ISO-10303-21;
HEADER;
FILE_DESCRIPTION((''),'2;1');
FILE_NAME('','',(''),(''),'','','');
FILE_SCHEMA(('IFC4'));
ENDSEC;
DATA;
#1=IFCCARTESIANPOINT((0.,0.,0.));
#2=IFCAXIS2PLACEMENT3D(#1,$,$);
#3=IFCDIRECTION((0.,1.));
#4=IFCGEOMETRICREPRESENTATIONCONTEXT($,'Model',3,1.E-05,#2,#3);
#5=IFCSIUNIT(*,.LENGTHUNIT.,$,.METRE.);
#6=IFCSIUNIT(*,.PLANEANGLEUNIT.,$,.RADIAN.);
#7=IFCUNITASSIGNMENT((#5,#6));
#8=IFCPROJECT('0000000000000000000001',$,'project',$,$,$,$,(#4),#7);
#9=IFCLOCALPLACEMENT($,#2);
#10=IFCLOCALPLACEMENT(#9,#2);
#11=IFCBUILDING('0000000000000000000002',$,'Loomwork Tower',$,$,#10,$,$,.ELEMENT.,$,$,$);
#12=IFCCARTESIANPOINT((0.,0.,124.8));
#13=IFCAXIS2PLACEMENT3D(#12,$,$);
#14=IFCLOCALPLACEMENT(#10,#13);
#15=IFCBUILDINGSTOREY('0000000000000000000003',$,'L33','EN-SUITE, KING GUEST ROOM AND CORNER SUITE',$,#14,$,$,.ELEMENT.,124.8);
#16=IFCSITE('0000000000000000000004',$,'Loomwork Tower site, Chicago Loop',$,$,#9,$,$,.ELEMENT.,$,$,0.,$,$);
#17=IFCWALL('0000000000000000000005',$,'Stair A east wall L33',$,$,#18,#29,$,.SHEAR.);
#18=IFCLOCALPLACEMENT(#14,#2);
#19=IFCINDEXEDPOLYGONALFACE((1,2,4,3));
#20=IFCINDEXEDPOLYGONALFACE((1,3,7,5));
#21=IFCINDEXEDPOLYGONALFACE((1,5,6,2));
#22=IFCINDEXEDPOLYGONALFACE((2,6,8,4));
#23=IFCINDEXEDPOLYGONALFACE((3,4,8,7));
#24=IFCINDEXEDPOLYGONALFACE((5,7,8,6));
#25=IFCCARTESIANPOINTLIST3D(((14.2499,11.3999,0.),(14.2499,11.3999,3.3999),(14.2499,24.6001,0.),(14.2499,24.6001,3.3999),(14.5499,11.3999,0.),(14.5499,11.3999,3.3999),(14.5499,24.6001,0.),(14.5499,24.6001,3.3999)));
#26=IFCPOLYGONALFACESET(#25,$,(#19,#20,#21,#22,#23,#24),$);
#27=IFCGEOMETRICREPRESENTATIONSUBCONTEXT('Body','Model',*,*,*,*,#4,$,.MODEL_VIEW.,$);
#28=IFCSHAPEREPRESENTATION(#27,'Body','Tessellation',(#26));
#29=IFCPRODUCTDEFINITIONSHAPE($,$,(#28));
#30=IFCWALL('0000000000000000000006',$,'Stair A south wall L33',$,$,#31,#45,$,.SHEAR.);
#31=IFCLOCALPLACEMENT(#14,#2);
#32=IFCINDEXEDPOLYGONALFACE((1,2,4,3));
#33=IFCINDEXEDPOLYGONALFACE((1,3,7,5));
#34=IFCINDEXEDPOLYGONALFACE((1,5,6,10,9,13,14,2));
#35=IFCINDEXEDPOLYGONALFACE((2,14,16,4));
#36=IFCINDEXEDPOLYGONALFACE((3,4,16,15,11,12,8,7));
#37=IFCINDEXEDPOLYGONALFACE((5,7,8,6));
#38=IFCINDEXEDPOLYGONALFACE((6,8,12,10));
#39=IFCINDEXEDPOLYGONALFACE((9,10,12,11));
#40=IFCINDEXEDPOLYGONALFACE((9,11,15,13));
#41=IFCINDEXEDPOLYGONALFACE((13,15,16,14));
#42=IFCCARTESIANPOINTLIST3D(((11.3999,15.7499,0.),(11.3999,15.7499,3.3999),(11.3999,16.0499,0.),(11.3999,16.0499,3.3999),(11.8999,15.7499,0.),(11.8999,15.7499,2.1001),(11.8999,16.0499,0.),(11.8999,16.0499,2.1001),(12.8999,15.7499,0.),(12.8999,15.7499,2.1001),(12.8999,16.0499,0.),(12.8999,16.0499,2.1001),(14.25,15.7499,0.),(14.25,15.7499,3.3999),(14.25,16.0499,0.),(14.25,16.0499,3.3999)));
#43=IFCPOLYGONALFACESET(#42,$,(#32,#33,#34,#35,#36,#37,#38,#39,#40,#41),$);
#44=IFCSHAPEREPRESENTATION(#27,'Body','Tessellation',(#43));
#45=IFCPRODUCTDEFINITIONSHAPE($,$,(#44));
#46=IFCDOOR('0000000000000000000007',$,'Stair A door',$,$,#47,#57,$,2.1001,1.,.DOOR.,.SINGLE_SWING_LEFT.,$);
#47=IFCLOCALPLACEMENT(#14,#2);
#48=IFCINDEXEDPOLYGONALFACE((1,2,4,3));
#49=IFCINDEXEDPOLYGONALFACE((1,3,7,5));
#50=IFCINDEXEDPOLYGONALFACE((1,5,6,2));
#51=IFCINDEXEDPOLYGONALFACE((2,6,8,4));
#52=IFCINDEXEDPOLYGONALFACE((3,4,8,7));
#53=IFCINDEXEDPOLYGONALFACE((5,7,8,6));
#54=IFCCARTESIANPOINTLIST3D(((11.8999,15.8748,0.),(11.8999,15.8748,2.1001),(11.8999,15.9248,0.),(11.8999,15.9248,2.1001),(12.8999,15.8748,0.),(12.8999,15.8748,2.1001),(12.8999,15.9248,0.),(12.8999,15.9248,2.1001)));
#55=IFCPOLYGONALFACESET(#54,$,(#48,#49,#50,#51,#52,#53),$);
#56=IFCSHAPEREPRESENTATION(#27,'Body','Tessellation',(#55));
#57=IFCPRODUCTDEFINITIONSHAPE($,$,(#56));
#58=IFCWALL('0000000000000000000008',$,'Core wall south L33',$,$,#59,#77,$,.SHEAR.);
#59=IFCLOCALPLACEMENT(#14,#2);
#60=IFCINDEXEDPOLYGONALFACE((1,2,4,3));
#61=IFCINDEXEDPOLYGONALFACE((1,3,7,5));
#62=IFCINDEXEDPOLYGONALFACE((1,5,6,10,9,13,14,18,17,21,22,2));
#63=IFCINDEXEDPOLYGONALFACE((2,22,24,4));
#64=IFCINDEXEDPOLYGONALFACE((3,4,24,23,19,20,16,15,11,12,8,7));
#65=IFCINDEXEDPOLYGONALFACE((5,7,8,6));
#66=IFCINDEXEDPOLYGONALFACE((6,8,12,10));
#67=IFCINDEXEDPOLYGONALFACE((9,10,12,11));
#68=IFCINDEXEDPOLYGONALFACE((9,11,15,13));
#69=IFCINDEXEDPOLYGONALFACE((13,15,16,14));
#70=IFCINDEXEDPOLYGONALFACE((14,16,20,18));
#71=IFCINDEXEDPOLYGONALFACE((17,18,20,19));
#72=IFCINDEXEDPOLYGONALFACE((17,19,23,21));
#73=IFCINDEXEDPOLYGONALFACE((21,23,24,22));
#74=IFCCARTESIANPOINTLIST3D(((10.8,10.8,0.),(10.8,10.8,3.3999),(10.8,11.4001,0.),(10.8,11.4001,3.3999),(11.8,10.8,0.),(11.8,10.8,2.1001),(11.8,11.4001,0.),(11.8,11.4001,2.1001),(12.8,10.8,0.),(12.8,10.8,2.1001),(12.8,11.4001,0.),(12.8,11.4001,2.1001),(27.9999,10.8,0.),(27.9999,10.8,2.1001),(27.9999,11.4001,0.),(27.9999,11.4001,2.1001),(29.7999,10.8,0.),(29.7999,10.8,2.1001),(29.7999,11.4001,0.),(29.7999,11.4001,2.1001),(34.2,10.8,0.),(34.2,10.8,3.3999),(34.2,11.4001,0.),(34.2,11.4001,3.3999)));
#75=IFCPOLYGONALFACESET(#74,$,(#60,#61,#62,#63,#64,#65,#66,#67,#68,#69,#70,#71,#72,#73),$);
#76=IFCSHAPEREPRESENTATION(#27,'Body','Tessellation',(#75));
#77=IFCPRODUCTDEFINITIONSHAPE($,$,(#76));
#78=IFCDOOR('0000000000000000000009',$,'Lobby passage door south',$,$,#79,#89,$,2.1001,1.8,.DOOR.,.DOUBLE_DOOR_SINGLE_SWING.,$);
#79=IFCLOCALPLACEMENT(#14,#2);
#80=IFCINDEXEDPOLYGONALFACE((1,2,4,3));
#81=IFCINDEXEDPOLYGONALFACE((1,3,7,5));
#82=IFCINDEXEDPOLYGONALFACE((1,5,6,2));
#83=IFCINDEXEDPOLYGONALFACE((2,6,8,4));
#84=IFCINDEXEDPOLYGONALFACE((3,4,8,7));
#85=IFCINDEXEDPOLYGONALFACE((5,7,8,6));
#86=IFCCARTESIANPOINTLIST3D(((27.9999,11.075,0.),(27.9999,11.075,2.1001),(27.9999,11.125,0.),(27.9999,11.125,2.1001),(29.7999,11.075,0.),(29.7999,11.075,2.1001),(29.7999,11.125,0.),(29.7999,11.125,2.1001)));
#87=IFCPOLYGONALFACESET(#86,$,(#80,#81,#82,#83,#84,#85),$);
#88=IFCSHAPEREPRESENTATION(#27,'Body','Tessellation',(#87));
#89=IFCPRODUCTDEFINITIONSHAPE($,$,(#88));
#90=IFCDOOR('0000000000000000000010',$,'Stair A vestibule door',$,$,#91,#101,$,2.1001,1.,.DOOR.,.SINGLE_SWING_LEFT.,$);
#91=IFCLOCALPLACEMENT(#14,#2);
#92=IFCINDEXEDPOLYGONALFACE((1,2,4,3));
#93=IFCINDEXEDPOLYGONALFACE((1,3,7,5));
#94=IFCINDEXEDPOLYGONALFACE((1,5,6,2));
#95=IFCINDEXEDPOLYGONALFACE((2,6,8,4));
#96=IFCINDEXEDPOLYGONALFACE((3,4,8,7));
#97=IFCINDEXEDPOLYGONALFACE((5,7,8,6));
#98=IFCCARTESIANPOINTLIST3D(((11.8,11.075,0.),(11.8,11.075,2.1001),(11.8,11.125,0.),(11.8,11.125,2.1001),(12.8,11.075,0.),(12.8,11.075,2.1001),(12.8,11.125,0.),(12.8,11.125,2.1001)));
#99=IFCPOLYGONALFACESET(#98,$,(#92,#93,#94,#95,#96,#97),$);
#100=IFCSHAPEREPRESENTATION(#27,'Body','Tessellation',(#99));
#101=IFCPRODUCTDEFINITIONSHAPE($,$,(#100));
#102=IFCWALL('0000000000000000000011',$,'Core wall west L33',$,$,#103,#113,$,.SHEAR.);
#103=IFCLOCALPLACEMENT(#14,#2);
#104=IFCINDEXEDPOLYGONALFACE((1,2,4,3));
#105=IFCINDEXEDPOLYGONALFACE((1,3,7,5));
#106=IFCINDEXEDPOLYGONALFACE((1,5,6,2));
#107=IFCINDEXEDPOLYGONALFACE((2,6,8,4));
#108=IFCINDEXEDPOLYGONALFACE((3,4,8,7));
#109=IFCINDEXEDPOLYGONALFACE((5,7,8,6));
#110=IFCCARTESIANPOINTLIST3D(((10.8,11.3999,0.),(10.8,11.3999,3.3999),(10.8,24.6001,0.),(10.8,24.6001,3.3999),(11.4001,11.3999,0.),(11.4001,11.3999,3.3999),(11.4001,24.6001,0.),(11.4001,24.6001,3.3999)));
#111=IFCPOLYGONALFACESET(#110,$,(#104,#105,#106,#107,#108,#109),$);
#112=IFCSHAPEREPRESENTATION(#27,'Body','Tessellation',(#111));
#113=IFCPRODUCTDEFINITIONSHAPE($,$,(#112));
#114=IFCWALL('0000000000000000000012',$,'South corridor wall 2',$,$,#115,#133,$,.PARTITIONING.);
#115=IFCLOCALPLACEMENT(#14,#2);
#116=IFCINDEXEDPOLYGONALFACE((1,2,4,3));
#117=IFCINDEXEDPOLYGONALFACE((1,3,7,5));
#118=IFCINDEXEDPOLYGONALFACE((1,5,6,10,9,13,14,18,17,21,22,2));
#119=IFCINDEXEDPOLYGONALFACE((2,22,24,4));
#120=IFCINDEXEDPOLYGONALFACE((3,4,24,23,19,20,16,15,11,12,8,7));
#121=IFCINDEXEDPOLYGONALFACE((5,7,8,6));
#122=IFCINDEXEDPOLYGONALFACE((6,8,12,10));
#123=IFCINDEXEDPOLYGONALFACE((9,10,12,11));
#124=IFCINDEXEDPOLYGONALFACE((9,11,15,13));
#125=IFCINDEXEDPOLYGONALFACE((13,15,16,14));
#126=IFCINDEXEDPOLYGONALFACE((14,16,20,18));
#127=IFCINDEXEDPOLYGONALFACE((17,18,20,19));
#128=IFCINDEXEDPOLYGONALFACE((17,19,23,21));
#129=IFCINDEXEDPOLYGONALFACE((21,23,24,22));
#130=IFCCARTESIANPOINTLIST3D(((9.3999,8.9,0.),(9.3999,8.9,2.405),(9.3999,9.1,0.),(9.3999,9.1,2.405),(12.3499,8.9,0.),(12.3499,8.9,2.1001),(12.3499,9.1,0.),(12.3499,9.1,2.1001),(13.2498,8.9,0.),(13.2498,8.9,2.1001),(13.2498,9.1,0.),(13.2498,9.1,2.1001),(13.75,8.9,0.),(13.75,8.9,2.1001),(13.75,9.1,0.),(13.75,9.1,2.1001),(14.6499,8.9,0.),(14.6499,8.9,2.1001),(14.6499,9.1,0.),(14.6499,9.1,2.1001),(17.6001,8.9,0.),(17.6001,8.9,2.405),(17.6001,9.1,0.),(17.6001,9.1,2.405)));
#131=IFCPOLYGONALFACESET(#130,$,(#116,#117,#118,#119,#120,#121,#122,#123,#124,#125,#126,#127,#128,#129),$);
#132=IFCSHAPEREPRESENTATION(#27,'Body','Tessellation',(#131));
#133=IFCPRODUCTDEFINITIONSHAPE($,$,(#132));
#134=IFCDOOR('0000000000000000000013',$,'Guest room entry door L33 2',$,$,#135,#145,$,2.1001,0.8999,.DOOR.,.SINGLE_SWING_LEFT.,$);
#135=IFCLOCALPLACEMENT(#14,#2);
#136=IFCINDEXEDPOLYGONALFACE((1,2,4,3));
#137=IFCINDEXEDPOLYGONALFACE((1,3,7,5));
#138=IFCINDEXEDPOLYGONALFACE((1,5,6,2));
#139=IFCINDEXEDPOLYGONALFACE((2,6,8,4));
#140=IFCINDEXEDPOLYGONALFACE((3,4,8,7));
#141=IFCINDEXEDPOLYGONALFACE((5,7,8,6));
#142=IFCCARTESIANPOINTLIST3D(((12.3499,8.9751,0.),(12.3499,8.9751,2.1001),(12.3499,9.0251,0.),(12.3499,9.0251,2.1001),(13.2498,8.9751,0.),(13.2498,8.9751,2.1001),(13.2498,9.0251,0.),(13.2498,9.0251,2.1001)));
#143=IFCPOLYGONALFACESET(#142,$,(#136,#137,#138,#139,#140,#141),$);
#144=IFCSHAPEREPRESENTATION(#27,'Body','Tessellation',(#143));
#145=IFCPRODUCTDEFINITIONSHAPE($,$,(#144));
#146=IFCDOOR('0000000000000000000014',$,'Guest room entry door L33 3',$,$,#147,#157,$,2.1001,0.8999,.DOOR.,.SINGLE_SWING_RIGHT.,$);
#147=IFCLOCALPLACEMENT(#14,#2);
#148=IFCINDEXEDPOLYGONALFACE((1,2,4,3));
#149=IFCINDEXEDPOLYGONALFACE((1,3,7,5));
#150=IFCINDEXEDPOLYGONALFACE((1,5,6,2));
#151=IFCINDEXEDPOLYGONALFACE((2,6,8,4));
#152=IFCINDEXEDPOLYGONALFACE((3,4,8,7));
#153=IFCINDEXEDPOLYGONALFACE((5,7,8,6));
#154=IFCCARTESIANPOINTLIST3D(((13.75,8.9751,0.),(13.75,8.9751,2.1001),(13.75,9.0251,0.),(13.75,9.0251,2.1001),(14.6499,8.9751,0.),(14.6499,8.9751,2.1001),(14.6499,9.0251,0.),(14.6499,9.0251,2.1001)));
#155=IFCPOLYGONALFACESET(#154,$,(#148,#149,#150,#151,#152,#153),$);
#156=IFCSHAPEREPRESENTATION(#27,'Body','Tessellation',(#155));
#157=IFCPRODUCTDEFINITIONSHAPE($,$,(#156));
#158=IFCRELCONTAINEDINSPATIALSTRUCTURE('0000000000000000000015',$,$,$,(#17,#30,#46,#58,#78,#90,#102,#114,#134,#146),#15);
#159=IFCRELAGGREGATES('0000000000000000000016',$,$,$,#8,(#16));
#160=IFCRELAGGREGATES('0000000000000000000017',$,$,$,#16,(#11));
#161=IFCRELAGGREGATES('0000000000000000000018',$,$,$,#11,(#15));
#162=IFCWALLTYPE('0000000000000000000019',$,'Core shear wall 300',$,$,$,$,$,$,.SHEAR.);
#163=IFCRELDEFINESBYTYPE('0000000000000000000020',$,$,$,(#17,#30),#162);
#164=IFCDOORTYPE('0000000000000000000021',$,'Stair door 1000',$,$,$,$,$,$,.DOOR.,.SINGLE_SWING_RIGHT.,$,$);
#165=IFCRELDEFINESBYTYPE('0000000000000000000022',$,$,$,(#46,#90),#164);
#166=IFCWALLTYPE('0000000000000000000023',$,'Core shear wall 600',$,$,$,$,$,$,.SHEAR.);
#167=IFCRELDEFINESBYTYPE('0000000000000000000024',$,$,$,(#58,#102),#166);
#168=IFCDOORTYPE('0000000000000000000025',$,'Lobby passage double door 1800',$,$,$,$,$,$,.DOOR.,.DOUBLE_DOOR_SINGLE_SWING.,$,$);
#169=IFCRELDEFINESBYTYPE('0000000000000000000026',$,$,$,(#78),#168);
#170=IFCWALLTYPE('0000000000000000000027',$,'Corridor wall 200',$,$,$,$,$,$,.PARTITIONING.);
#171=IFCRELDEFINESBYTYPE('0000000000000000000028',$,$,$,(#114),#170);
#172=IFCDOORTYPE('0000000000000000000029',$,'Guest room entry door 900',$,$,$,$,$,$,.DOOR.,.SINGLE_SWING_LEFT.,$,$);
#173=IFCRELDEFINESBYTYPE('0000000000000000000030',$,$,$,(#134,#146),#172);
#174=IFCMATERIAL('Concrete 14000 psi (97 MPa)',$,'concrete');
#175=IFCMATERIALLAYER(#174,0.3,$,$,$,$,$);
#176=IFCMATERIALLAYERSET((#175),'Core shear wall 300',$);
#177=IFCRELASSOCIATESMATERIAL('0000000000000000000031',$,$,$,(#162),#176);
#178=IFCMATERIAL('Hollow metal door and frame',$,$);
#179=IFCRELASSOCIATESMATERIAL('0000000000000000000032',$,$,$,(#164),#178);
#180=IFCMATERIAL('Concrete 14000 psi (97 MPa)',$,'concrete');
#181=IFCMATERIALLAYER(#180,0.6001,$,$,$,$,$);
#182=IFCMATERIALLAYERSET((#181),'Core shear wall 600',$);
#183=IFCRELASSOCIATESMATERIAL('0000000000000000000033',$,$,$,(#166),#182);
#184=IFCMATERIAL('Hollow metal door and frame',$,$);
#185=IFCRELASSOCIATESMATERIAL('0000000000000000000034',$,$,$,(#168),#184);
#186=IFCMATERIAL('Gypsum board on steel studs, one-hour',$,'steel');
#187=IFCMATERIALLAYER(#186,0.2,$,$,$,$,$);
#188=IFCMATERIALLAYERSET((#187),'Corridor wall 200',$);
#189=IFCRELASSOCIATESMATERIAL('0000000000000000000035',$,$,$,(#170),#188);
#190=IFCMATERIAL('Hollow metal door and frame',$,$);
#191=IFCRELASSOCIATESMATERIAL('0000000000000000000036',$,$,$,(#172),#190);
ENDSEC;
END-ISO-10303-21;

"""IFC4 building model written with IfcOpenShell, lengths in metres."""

from ifc_helpers import new_model, si_unit, direction, frame, frame_2d, origin, place, context, subcontext, project, spatial, rectangle, extrude, material, layer, layer_set, type_object, element, fill, save


model = new_model("IFC4")

# Units and contexts
model_context = context("Model", 3, precision=1e-05, world=origin(), true_north=direction((0.0, 1.0)))
body_context = subcontext(model_context, "Body", "Model", "MODEL_VIEW")
ifc_project = project(units=[si_unit("LENGTHUNIT", "METRE"), si_unit("PLANEANGLEUNIT", "RADIAN")], contexts=[model_context])

# Site, building, storey
site_placement = place(None, origin())
site = spatial("IfcSite", under=ifc_project, at=site_placement, Name="Loomwork Tower site, Chicago Loop", CompositionType="ELEMENT", RefElevation=0.0)
building_placement = place(site_placement, origin())
building = spatial("IfcBuilding", under=site, at=building_placement, Name="Loomwork Tower", CompositionType="ELEMENT")
storey_placement = place(building_placement, frame((0.0, 0.0, 124.8)))
storey = spatial("IfcBuildingStorey", under=building, at=storey_placement, Name="L33", Description="EN-SUITE, KING GUEST ROOM AND CORNER SUITE", CompositionType="ELEMENT", Elevation=124.8)

# Wall
ifc_material_1 = material(Name="Concrete 14000 psi (97 MPa)", Category="concrete")
ifc_layer_1 = layer(ifc_material_1, 0.3)
ifc_layer_set_1 = layer_set([ifc_layer_1], Name="Core shear wall 300")
wall_type_1 = type_object("IfcWallType", Name="Core shear wall 300", PredefinedType="SHEAR", material=ifc_layer_set_1)
wall_1_placement = place(storey_placement, frame((14.3999, 11.3999, 0.0), z_axis=(0.0, 0.0, 1.0), x_axis=(0.0, 1.0, 0.0)))
element("IfcWall", 1, at=wall_1_placement, inside=storey, type_object=wall_type_1, Name="Stair A east wall L33", PredefinedType="SHEAR", context=body_context, shape_type="SweptSolid", body=[
    extrude(rectangle(XDim=13.2002, YDim=0.3, at=frame_2d((6.6001, 0.0))), origin(), (0.0, 0.0, 1.0), 3.3999),
])

# Wall, opening, door
wall_2_placement = place(storey_placement, frame((11.3999, 15.8999, 0.0), z_axis=(0.0, 0.0, 1.0), x_axis=(1.0, 0.0, 0.0)))
wall_2 = element("IfcWall", 2, at=wall_2_placement, inside=storey, type_object=wall_type_1, Name="Stair A south wall L33", PredefinedType="SHEAR", context=body_context, shape_type="SweptSolid", body=[
    extrude(rectangle(XDim=2.8501, YDim=0.3, at=frame_2d((1.425, 0.0))), origin(), (0.0, 0.0, 1.0), 3.3999),
])
opening_1_placement = place(wall_2_placement, frame((0.5, 0.0, 0.0)))
opening_1 = element("IfcOpeningElement", 3, at=opening_1_placement, cuts=wall_2, PredefinedType="OPENING", context=body_context, shape_type="SweptSolid", body=[
    extrude(rectangle(XDim=1.0, YDim=2.1001, at=frame_2d((0.5, 1.05))), frame((0.0, 0.1599, 0.0), z_axis=(0.0, -1.0, 0.0), x_axis=(1.0, 0.0, 0.0)), (0.0, 0.0, 1.0), 0.3201),
])
ifc_material_2 = material(Name="Hollow metal door and frame")
door_type_1 = type_object("IfcDoorType", Name="Stair door 1000", OperationType="SINGLE_SWING_RIGHT", PredefinedType="DOOR", material=ifc_material_2)
door_1_placement = place(opening_1_placement, origin())
door_1 = element("IfcDoor", 4, at=door_1_placement, inside=storey, type_object=door_type_1, Name="Stair A door", OperationType="SINGLE_SWING_LEFT", OverallHeight=2.1001, OverallWidth=1.0, PredefinedType="DOOR", context=body_context, shape_type="SweptSolid", body=[
    extrude(rectangle(XDim=1.0, YDim=2.1001, at=frame_2d((0.5, 1.05))), frame((0.0, 0.0249, 0.0), z_axis=(0.0, -1.0, 0.0), x_axis=(1.0, 0.0, 0.0)), (0.0, 0.0, 1.0), 0.05),
])
fill(opening_1, door_1)

# Wall, openings, doors
ifc_material_3 = material(Name="Concrete 14000 psi (97 MPa)", Category="concrete")
ifc_layer_2 = layer(ifc_material_3, 0.6001)
ifc_layer_set_2 = layer_set([ifc_layer_2], Name="Core shear wall 600")
wall_type_2 = type_object("IfcWallType", Name="Core shear wall 600", PredefinedType="SHEAR", material=ifc_layer_set_2)
wall_3_placement = place(storey_placement, frame((10.8, 11.1001, 0.0), z_axis=(0.0, 0.0, 1.0), x_axis=(1.0, 0.0, 0.0)))
wall_3 = element("IfcWall", 5, at=wall_3_placement, inside=storey, type_object=wall_type_2, Name="Core wall south L33", PredefinedType="SHEAR", context=body_context, shape_type="SweptSolid", body=[
    extrude(rectangle(XDim=23.3999, YDim=0.6001, at=frame_2d((11.7, 0.0))), origin(), (0.0, 0.0, 1.0), 3.3999),
])
opening_2_placement = place(wall_3_placement, frame((1.0, 0.0, 0.0)))
opening_2 = element("IfcOpeningElement", 6, at=opening_2_placement, cuts=wall_3, PredefinedType="OPENING", context=body_context, shape_type="SweptSolid", body=[
    extrude(rectangle(XDim=1.0, YDim=2.1001, at=frame_2d((0.5, 1.05))), frame((0.0, 0.3101, 0.0), z_axis=(0.0, -1.0, 0.0), x_axis=(1.0, 0.0, 0.0)), (0.0, 0.0, 1.0), 0.6201),
])
opening_3_placement = place(wall_3_placement, frame((17.2, 0.0, 0.0)))
opening_3 = element("IfcOpeningElement", 7, at=opening_3_placement, cuts=wall_3, PredefinedType="OPENING", context=body_context, shape_type="SweptSolid", body=[
    extrude(rectangle(XDim=1.8, YDim=2.1001, at=frame_2d((0.8999, 1.05))), frame((0.0, 0.3101, 0.0), z_axis=(0.0, -1.0, 0.0), x_axis=(1.0, 0.0, 0.0)), (0.0, 0.0, 1.0), 0.6201),
])
ifc_material_4 = material(Name="Hollow metal door and frame")
door_type_2 = type_object("IfcDoorType", Name="Lobby passage double door 1800", OperationType="DOUBLE_DOOR_SINGLE_SWING", PredefinedType="DOOR", material=ifc_material_4)
door_2_placement = place(opening_3_placement, origin())
door_2 = element("IfcDoor", 8, at=door_2_placement, inside=storey, type_object=door_type_2, Name="Lobby passage door south", OperationType="DOUBLE_DOOR_SINGLE_SWING", OverallHeight=2.1001, OverallWidth=1.8, PredefinedType="DOOR", context=body_context, shape_type="SweptSolid", body=[
    extrude(rectangle(XDim=1.8, YDim=2.1001, at=frame_2d((0.8999, 1.05))), frame((0.0, 0.0249, 0.0), z_axis=(0.0, -1.0, 0.0), x_axis=(1.0, 0.0, 0.0)), (0.0, 0.0, 1.0), 0.05),
])
fill(opening_3, door_2)
door_3_placement = place(opening_2_placement, origin())
door_3 = element("IfcDoor", 9, at=door_3_placement, inside=storey, type_object=door_type_1, Name="Stair A vestibule door", OperationType="SINGLE_SWING_LEFT", OverallHeight=2.1001, OverallWidth=1.0, PredefinedType="DOOR", context=body_context, shape_type="SweptSolid", body=[
    extrude(rectangle(XDim=1.0, YDim=2.1001, at=frame_2d((0.5, 1.05))), frame((0.0, 0.0249, 0.0), z_axis=(0.0, -1.0, 0.0), x_axis=(1.0, 0.0, 0.0)), (0.0, 0.0, 1.0), 0.05),
])
fill(opening_2, door_3)

# Wall
wall_4_placement = place(storey_placement, frame((11.1001, 11.3999, 0.0), z_axis=(0.0, 0.0, 1.0), x_axis=(0.0, 1.0, 0.0)))
element("IfcWall", 10, at=wall_4_placement, inside=storey, type_object=wall_type_2, Name="Core wall west L33", PredefinedType="SHEAR", context=body_context, shape_type="SweptSolid", body=[
    extrude(rectangle(XDim=13.2002, YDim=0.6001, at=frame_2d((6.6001, 0.0))), origin(), (0.0, 0.0, 1.0), 3.3999),
])

# Wall, openings, doors
ifc_material_5 = material(Name="Gypsum board on steel studs, one-hour", Category="steel")
ifc_layer_3 = layer(ifc_material_5, 0.2)
ifc_layer_set_3 = layer_set([ifc_layer_3], Name="Corridor wall 200")
wall_type_3 = type_object("IfcWallType", Name="Corridor wall 200", PredefinedType="PARTITIONING", material=ifc_layer_set_3)
wall_5_placement = place(storey_placement, frame((9.3999, 9.0, 0.0), z_axis=(0.0, 0.0, 1.0), x_axis=(1.0, 0.0, 0.0)))
wall_5 = element("IfcWall", 11, at=wall_5_placement, inside=storey, type_object=wall_type_3, Name="South corridor wall 2", PredefinedType="PARTITIONING", context=body_context, shape_type="SweptSolid", body=[
    extrude(rectangle(XDim=8.2002, YDim=0.2, at=frame_2d((4.1001, 0.0))), origin(), (0.0, 0.0, 1.0), 2.405),
])
opening_4_placement = place(wall_5_placement, frame((2.95, 0.0, 0.0)))
opening_4 = element("IfcOpeningElement", 12, at=opening_4_placement, cuts=wall_5, PredefinedType="OPENING", context=body_context, shape_type="SweptSolid", body=[
    extrude(rectangle(XDim=0.8999, YDim=2.1001, at=frame_2d((0.45, 1.05))), frame((0.0, 0.1099, 0.0), z_axis=(0.0, -1.0, 0.0), x_axis=(1.0, 0.0, 0.0)), (0.0, 0.0, 1.0), 0.22),
])
opening_5_placement = place(wall_5_placement, frame((4.3501, 0.0, 0.0)))
opening_5 = element("IfcOpeningElement", 13, at=opening_5_placement, cuts=wall_5, PredefinedType="OPENING", context=body_context, shape_type="SweptSolid", body=[
    extrude(rectangle(XDim=0.8999, YDim=2.1001, at=frame_2d((0.45, 1.05))), frame((0.0, 0.1099, 0.0), z_axis=(0.0, -1.0, 0.0), x_axis=(1.0, 0.0, 0.0)), (0.0, 0.0, 1.0), 0.22),
])
ifc_material_6 = material(Name="Hollow metal door and frame")
door_type_3 = type_object("IfcDoorType", Name="Guest room entry door 900", OperationType="SINGLE_SWING_LEFT", PredefinedType="DOOR", material=ifc_material_6)
door_4_placement = place(opening_4_placement, frame((0.8999, 0.0, 0.0), z_axis=(0.0, 0.0, 1.0), x_axis=(-1.0, 0.0, 0.0)))
door_4 = element("IfcDoor", 14, at=door_4_placement, inside=storey, type_object=door_type_3, Name="Guest room entry door L33 2", OperationType="SINGLE_SWING_LEFT", OverallHeight=2.1001, OverallWidth=0.8999, PredefinedType="DOOR", context=body_context, shape_type="SweptSolid", body=[
    extrude(rectangle(XDim=0.8999, YDim=2.1001, at=frame_2d((0.45, 1.05))), frame((0.0, 0.0249, 0.0), z_axis=(0.0, -1.0, 0.0), x_axis=(1.0, 0.0, 0.0)), (0.0, 0.0, 1.0), 0.05),
])
fill(opening_4, door_4)
door_5_placement = place(opening_5_placement, frame((0.8999, 0.0, 0.0), z_axis=(0.0, 0.0, 1.0), x_axis=(-1.0, 0.0, 0.0)))
door_5 = element("IfcDoor", 15, at=door_5_placement, inside=storey, type_object=door_type_3, Name="Guest room entry door L33 3", OperationType="SINGLE_SWING_RIGHT", OverallHeight=2.1001, OverallWidth=0.8999, PredefinedType="DOOR", context=body_context, shape_type="SweptSolid", body=[
    extrude(rectangle(XDim=0.8999, YDim=2.1001, at=frame_2d((0.45, 1.05))), frame((0.0, 0.0249, 0.0), z_axis=(0.0, -1.0, 0.0), x_axis=(1.0, 0.0, 0.0)), (0.0, 0.0, 1.0), 0.05),
])
fill(opening_5, door_5)

save(model, "model.ifc")
